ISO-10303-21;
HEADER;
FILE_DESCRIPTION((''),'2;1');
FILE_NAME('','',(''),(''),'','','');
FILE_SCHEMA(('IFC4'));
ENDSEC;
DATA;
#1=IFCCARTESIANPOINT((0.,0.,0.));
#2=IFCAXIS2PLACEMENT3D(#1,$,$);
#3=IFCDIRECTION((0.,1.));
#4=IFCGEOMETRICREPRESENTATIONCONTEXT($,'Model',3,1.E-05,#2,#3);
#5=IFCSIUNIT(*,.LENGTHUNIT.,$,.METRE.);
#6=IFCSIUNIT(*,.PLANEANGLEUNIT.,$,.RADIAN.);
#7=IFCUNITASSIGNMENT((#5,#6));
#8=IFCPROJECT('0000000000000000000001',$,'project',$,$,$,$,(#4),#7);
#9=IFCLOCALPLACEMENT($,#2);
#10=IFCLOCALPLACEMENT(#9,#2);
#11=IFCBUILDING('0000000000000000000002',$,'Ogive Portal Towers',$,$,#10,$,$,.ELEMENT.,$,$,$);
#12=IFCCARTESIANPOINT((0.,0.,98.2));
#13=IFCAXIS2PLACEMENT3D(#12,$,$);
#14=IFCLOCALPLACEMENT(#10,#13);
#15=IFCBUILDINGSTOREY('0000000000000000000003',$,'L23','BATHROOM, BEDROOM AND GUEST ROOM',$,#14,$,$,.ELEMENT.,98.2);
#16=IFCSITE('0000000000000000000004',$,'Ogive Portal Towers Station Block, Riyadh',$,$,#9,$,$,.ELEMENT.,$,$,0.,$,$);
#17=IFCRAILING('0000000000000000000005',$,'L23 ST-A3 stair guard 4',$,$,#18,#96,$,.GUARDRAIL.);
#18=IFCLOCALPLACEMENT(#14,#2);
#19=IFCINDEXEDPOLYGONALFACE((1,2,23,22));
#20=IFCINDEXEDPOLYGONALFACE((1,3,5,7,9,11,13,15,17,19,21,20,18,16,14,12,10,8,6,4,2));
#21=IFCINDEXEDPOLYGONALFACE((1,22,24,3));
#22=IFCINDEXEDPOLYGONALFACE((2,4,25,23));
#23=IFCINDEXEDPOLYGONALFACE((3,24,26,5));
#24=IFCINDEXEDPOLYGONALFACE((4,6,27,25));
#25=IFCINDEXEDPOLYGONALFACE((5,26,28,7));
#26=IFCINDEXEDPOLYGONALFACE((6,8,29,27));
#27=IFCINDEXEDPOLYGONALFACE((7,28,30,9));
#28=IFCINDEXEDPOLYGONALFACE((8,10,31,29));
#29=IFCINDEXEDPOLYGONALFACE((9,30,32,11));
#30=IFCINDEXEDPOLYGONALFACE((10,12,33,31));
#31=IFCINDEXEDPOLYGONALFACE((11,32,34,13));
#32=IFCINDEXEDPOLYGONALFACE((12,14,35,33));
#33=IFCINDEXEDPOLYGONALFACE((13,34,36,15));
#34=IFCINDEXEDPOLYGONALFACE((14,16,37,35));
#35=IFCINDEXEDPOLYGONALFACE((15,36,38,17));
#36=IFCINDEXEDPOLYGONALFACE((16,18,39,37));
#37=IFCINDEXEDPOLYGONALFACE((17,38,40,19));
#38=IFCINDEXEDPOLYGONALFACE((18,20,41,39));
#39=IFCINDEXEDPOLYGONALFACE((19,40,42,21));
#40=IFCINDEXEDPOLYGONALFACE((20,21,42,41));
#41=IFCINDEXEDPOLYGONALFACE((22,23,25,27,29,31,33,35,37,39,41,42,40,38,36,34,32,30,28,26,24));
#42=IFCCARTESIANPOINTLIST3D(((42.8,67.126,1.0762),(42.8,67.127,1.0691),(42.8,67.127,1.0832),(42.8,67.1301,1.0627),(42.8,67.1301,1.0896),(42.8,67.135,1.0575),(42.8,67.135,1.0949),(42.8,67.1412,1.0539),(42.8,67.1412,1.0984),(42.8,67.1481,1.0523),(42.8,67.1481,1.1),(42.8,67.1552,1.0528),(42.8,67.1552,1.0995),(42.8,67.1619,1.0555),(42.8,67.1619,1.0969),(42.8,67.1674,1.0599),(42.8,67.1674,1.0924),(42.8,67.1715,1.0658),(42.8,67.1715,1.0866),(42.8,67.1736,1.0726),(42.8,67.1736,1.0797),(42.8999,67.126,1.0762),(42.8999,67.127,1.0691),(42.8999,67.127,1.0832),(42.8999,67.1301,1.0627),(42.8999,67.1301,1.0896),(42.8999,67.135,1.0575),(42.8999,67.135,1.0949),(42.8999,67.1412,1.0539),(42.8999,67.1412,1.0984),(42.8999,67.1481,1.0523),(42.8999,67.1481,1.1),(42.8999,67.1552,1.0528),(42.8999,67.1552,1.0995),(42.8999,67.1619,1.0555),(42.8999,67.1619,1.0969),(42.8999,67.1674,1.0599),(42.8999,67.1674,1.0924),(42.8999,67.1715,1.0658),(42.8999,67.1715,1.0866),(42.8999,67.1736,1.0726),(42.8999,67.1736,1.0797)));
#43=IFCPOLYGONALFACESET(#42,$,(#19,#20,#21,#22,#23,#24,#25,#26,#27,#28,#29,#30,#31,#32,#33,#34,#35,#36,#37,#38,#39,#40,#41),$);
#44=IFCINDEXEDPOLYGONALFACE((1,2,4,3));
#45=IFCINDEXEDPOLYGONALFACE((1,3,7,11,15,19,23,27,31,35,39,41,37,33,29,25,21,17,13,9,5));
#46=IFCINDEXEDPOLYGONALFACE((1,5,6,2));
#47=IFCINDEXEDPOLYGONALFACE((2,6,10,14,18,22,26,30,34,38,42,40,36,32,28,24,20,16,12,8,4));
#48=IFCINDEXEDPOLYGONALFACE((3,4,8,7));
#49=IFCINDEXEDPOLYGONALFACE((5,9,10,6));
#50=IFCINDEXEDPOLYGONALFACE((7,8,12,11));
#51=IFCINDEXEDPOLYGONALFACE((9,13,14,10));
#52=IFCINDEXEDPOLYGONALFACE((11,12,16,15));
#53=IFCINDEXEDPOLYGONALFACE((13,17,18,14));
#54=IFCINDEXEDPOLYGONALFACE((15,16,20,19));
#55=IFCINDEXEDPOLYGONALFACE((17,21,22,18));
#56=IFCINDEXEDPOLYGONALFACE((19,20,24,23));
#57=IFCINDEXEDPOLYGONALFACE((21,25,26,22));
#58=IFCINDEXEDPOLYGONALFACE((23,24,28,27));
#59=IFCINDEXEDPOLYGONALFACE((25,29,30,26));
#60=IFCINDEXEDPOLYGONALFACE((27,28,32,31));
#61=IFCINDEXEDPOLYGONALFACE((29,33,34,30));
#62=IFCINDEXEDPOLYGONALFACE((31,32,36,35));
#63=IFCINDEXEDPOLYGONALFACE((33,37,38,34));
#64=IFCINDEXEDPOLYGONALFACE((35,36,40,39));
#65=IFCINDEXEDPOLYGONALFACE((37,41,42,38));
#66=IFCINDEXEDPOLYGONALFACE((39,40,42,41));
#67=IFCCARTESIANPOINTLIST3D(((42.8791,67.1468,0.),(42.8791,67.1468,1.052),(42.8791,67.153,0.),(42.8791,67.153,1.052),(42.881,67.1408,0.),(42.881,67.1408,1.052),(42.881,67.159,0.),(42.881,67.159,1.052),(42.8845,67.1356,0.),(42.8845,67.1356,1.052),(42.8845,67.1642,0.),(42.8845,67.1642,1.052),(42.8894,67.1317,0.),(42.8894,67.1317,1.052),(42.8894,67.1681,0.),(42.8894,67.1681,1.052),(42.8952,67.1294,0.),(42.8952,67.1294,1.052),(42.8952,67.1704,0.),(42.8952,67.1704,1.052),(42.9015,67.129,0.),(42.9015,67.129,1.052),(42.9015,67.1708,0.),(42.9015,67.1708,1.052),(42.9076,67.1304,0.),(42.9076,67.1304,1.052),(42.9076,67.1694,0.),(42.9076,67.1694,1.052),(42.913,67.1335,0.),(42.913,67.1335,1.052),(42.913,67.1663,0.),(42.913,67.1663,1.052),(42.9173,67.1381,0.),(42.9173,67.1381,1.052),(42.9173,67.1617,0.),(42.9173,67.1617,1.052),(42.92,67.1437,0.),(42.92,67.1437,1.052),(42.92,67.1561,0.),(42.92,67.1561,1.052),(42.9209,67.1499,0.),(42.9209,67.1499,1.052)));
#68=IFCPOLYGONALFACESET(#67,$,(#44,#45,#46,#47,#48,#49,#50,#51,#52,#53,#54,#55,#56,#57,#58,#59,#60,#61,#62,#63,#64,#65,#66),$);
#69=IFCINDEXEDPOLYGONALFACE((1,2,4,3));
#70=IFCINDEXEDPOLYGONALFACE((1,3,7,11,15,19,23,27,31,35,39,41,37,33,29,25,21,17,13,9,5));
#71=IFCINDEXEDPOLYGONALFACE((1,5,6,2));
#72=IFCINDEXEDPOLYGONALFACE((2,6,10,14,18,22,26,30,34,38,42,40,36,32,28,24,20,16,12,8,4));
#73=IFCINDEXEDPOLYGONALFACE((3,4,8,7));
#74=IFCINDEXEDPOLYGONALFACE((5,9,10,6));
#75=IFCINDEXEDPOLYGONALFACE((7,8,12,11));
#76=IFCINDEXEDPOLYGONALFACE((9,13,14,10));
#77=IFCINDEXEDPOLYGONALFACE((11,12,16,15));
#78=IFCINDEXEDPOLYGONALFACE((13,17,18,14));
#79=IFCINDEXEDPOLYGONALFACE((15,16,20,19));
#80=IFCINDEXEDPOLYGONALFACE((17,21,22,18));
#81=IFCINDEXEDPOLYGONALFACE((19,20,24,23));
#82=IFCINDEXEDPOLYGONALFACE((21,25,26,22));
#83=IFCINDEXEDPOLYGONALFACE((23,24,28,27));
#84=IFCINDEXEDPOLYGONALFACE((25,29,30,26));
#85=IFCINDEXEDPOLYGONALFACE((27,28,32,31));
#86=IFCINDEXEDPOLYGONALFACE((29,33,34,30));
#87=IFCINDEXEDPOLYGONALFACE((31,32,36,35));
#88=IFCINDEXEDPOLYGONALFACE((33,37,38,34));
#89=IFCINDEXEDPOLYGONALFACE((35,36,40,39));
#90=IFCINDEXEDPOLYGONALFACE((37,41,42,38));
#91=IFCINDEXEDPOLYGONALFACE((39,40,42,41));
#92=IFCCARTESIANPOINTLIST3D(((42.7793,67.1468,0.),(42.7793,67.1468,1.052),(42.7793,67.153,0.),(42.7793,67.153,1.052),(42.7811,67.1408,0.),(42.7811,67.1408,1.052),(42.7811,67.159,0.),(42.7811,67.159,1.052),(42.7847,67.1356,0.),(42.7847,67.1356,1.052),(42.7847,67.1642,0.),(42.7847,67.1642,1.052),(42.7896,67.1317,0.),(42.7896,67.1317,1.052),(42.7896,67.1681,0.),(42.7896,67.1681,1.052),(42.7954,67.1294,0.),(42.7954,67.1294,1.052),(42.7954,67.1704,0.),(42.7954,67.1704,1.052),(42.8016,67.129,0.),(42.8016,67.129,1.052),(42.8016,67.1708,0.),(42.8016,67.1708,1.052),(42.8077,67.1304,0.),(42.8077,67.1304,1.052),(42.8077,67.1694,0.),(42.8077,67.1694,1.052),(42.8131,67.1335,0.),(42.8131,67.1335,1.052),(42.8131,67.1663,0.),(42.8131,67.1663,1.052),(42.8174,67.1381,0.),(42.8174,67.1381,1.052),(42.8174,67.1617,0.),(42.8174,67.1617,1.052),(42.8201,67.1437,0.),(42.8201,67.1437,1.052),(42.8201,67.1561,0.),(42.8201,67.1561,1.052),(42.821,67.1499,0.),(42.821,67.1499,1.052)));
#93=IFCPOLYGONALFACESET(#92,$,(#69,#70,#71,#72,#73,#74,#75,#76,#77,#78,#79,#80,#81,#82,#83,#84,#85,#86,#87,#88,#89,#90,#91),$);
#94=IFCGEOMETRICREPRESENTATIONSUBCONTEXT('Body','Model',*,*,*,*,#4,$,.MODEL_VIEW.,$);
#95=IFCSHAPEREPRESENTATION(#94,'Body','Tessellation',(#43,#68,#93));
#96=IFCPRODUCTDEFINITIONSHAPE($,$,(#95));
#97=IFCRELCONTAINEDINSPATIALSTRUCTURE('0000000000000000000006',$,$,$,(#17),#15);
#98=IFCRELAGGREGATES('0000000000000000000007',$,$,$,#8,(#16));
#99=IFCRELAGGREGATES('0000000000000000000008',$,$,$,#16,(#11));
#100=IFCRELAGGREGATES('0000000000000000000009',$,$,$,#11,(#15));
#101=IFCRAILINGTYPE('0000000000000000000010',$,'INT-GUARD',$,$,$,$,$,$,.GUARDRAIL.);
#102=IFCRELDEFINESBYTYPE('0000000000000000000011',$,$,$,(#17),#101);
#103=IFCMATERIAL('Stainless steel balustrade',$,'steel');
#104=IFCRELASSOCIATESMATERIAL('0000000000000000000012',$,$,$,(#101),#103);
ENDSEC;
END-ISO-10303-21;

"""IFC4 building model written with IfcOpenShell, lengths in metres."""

from ifc_helpers import new_model, si_unit, direction, frame, origin, origin_2d, place, context, subcontext, project, spatial, circle, extrude, material, type_object, element, save


model = new_model("IFC4")

# Units and contexts
model_context = context("Model", 3, precision=1e-05, world=origin(), true_north=direction((0.0, 1.0)))
body_context = subcontext(model_context, "Body", "Model", "MODEL_VIEW")
ifc_project = project(units=[si_unit("LENGTHUNIT", "METRE"), si_unit("PLANEANGLEUNIT", "RADIAN")], contexts=[model_context])

# Site, building, storey
site_placement = place(None, origin())
site = spatial("IfcSite", under=ifc_project, at=site_placement, Name="Ogive Portal Towers Station Block, Riyadh", CompositionType="ELEMENT", RefElevation=0.0)
building_placement = place(site_placement, origin())
building = spatial("IfcBuilding", under=site, at=building_placement, Name="Ogive Portal Towers", CompositionType="ELEMENT")
storey_placement = place(building_placement, frame((0.0, 0.0, 98.2)))
storey = spatial("IfcBuildingStorey", under=building, at=storey_placement, Name="L23", Description="BATHROOM, BEDROOM AND GUEST ROOM", CompositionType="ELEMENT", Elevation=98.2)

# Railing
ifc_material_1 = material(Name="Stainless steel balustrade", Category="steel")
railing_type_1 = type_object("IfcRailingType", Name="INT-GUARD", PredefinedType="GUARDRAIL", material=ifc_material_1)
railing_1_placement = place(storey_placement, frame((42.8999, 67.1499, 0.0)))
element("IfcRailing", 1, at=railing_1_placement, inside=storey, type_object=railing_type_1, Name="L23 ST-A3 stair guard 4", PredefinedType="GUARDRAIL", context=body_context, shape_type="SweptSolid", body=[
    extrude(circle(Radius=0.0239, at=origin_2d()), frame((0.0, 0.0, 1.0762), z_axis=(-1.0, 0.0, 0.0), x_axis=(0.0, -1.0, 0.0)), (0.0, 0.0, 1.0), 0.0999),
    extrude(circle(Radius=0.021, at=origin_2d()), origin(), (0.0, 0.0, 1.0), 1.052),
    extrude(circle(Radius=0.021, at=origin_2d()), frame((-0.0999, 0.0, 0.0)), (0.0, 0.0, 1.0), 1.052),
])

save(model, "model.ifc")
